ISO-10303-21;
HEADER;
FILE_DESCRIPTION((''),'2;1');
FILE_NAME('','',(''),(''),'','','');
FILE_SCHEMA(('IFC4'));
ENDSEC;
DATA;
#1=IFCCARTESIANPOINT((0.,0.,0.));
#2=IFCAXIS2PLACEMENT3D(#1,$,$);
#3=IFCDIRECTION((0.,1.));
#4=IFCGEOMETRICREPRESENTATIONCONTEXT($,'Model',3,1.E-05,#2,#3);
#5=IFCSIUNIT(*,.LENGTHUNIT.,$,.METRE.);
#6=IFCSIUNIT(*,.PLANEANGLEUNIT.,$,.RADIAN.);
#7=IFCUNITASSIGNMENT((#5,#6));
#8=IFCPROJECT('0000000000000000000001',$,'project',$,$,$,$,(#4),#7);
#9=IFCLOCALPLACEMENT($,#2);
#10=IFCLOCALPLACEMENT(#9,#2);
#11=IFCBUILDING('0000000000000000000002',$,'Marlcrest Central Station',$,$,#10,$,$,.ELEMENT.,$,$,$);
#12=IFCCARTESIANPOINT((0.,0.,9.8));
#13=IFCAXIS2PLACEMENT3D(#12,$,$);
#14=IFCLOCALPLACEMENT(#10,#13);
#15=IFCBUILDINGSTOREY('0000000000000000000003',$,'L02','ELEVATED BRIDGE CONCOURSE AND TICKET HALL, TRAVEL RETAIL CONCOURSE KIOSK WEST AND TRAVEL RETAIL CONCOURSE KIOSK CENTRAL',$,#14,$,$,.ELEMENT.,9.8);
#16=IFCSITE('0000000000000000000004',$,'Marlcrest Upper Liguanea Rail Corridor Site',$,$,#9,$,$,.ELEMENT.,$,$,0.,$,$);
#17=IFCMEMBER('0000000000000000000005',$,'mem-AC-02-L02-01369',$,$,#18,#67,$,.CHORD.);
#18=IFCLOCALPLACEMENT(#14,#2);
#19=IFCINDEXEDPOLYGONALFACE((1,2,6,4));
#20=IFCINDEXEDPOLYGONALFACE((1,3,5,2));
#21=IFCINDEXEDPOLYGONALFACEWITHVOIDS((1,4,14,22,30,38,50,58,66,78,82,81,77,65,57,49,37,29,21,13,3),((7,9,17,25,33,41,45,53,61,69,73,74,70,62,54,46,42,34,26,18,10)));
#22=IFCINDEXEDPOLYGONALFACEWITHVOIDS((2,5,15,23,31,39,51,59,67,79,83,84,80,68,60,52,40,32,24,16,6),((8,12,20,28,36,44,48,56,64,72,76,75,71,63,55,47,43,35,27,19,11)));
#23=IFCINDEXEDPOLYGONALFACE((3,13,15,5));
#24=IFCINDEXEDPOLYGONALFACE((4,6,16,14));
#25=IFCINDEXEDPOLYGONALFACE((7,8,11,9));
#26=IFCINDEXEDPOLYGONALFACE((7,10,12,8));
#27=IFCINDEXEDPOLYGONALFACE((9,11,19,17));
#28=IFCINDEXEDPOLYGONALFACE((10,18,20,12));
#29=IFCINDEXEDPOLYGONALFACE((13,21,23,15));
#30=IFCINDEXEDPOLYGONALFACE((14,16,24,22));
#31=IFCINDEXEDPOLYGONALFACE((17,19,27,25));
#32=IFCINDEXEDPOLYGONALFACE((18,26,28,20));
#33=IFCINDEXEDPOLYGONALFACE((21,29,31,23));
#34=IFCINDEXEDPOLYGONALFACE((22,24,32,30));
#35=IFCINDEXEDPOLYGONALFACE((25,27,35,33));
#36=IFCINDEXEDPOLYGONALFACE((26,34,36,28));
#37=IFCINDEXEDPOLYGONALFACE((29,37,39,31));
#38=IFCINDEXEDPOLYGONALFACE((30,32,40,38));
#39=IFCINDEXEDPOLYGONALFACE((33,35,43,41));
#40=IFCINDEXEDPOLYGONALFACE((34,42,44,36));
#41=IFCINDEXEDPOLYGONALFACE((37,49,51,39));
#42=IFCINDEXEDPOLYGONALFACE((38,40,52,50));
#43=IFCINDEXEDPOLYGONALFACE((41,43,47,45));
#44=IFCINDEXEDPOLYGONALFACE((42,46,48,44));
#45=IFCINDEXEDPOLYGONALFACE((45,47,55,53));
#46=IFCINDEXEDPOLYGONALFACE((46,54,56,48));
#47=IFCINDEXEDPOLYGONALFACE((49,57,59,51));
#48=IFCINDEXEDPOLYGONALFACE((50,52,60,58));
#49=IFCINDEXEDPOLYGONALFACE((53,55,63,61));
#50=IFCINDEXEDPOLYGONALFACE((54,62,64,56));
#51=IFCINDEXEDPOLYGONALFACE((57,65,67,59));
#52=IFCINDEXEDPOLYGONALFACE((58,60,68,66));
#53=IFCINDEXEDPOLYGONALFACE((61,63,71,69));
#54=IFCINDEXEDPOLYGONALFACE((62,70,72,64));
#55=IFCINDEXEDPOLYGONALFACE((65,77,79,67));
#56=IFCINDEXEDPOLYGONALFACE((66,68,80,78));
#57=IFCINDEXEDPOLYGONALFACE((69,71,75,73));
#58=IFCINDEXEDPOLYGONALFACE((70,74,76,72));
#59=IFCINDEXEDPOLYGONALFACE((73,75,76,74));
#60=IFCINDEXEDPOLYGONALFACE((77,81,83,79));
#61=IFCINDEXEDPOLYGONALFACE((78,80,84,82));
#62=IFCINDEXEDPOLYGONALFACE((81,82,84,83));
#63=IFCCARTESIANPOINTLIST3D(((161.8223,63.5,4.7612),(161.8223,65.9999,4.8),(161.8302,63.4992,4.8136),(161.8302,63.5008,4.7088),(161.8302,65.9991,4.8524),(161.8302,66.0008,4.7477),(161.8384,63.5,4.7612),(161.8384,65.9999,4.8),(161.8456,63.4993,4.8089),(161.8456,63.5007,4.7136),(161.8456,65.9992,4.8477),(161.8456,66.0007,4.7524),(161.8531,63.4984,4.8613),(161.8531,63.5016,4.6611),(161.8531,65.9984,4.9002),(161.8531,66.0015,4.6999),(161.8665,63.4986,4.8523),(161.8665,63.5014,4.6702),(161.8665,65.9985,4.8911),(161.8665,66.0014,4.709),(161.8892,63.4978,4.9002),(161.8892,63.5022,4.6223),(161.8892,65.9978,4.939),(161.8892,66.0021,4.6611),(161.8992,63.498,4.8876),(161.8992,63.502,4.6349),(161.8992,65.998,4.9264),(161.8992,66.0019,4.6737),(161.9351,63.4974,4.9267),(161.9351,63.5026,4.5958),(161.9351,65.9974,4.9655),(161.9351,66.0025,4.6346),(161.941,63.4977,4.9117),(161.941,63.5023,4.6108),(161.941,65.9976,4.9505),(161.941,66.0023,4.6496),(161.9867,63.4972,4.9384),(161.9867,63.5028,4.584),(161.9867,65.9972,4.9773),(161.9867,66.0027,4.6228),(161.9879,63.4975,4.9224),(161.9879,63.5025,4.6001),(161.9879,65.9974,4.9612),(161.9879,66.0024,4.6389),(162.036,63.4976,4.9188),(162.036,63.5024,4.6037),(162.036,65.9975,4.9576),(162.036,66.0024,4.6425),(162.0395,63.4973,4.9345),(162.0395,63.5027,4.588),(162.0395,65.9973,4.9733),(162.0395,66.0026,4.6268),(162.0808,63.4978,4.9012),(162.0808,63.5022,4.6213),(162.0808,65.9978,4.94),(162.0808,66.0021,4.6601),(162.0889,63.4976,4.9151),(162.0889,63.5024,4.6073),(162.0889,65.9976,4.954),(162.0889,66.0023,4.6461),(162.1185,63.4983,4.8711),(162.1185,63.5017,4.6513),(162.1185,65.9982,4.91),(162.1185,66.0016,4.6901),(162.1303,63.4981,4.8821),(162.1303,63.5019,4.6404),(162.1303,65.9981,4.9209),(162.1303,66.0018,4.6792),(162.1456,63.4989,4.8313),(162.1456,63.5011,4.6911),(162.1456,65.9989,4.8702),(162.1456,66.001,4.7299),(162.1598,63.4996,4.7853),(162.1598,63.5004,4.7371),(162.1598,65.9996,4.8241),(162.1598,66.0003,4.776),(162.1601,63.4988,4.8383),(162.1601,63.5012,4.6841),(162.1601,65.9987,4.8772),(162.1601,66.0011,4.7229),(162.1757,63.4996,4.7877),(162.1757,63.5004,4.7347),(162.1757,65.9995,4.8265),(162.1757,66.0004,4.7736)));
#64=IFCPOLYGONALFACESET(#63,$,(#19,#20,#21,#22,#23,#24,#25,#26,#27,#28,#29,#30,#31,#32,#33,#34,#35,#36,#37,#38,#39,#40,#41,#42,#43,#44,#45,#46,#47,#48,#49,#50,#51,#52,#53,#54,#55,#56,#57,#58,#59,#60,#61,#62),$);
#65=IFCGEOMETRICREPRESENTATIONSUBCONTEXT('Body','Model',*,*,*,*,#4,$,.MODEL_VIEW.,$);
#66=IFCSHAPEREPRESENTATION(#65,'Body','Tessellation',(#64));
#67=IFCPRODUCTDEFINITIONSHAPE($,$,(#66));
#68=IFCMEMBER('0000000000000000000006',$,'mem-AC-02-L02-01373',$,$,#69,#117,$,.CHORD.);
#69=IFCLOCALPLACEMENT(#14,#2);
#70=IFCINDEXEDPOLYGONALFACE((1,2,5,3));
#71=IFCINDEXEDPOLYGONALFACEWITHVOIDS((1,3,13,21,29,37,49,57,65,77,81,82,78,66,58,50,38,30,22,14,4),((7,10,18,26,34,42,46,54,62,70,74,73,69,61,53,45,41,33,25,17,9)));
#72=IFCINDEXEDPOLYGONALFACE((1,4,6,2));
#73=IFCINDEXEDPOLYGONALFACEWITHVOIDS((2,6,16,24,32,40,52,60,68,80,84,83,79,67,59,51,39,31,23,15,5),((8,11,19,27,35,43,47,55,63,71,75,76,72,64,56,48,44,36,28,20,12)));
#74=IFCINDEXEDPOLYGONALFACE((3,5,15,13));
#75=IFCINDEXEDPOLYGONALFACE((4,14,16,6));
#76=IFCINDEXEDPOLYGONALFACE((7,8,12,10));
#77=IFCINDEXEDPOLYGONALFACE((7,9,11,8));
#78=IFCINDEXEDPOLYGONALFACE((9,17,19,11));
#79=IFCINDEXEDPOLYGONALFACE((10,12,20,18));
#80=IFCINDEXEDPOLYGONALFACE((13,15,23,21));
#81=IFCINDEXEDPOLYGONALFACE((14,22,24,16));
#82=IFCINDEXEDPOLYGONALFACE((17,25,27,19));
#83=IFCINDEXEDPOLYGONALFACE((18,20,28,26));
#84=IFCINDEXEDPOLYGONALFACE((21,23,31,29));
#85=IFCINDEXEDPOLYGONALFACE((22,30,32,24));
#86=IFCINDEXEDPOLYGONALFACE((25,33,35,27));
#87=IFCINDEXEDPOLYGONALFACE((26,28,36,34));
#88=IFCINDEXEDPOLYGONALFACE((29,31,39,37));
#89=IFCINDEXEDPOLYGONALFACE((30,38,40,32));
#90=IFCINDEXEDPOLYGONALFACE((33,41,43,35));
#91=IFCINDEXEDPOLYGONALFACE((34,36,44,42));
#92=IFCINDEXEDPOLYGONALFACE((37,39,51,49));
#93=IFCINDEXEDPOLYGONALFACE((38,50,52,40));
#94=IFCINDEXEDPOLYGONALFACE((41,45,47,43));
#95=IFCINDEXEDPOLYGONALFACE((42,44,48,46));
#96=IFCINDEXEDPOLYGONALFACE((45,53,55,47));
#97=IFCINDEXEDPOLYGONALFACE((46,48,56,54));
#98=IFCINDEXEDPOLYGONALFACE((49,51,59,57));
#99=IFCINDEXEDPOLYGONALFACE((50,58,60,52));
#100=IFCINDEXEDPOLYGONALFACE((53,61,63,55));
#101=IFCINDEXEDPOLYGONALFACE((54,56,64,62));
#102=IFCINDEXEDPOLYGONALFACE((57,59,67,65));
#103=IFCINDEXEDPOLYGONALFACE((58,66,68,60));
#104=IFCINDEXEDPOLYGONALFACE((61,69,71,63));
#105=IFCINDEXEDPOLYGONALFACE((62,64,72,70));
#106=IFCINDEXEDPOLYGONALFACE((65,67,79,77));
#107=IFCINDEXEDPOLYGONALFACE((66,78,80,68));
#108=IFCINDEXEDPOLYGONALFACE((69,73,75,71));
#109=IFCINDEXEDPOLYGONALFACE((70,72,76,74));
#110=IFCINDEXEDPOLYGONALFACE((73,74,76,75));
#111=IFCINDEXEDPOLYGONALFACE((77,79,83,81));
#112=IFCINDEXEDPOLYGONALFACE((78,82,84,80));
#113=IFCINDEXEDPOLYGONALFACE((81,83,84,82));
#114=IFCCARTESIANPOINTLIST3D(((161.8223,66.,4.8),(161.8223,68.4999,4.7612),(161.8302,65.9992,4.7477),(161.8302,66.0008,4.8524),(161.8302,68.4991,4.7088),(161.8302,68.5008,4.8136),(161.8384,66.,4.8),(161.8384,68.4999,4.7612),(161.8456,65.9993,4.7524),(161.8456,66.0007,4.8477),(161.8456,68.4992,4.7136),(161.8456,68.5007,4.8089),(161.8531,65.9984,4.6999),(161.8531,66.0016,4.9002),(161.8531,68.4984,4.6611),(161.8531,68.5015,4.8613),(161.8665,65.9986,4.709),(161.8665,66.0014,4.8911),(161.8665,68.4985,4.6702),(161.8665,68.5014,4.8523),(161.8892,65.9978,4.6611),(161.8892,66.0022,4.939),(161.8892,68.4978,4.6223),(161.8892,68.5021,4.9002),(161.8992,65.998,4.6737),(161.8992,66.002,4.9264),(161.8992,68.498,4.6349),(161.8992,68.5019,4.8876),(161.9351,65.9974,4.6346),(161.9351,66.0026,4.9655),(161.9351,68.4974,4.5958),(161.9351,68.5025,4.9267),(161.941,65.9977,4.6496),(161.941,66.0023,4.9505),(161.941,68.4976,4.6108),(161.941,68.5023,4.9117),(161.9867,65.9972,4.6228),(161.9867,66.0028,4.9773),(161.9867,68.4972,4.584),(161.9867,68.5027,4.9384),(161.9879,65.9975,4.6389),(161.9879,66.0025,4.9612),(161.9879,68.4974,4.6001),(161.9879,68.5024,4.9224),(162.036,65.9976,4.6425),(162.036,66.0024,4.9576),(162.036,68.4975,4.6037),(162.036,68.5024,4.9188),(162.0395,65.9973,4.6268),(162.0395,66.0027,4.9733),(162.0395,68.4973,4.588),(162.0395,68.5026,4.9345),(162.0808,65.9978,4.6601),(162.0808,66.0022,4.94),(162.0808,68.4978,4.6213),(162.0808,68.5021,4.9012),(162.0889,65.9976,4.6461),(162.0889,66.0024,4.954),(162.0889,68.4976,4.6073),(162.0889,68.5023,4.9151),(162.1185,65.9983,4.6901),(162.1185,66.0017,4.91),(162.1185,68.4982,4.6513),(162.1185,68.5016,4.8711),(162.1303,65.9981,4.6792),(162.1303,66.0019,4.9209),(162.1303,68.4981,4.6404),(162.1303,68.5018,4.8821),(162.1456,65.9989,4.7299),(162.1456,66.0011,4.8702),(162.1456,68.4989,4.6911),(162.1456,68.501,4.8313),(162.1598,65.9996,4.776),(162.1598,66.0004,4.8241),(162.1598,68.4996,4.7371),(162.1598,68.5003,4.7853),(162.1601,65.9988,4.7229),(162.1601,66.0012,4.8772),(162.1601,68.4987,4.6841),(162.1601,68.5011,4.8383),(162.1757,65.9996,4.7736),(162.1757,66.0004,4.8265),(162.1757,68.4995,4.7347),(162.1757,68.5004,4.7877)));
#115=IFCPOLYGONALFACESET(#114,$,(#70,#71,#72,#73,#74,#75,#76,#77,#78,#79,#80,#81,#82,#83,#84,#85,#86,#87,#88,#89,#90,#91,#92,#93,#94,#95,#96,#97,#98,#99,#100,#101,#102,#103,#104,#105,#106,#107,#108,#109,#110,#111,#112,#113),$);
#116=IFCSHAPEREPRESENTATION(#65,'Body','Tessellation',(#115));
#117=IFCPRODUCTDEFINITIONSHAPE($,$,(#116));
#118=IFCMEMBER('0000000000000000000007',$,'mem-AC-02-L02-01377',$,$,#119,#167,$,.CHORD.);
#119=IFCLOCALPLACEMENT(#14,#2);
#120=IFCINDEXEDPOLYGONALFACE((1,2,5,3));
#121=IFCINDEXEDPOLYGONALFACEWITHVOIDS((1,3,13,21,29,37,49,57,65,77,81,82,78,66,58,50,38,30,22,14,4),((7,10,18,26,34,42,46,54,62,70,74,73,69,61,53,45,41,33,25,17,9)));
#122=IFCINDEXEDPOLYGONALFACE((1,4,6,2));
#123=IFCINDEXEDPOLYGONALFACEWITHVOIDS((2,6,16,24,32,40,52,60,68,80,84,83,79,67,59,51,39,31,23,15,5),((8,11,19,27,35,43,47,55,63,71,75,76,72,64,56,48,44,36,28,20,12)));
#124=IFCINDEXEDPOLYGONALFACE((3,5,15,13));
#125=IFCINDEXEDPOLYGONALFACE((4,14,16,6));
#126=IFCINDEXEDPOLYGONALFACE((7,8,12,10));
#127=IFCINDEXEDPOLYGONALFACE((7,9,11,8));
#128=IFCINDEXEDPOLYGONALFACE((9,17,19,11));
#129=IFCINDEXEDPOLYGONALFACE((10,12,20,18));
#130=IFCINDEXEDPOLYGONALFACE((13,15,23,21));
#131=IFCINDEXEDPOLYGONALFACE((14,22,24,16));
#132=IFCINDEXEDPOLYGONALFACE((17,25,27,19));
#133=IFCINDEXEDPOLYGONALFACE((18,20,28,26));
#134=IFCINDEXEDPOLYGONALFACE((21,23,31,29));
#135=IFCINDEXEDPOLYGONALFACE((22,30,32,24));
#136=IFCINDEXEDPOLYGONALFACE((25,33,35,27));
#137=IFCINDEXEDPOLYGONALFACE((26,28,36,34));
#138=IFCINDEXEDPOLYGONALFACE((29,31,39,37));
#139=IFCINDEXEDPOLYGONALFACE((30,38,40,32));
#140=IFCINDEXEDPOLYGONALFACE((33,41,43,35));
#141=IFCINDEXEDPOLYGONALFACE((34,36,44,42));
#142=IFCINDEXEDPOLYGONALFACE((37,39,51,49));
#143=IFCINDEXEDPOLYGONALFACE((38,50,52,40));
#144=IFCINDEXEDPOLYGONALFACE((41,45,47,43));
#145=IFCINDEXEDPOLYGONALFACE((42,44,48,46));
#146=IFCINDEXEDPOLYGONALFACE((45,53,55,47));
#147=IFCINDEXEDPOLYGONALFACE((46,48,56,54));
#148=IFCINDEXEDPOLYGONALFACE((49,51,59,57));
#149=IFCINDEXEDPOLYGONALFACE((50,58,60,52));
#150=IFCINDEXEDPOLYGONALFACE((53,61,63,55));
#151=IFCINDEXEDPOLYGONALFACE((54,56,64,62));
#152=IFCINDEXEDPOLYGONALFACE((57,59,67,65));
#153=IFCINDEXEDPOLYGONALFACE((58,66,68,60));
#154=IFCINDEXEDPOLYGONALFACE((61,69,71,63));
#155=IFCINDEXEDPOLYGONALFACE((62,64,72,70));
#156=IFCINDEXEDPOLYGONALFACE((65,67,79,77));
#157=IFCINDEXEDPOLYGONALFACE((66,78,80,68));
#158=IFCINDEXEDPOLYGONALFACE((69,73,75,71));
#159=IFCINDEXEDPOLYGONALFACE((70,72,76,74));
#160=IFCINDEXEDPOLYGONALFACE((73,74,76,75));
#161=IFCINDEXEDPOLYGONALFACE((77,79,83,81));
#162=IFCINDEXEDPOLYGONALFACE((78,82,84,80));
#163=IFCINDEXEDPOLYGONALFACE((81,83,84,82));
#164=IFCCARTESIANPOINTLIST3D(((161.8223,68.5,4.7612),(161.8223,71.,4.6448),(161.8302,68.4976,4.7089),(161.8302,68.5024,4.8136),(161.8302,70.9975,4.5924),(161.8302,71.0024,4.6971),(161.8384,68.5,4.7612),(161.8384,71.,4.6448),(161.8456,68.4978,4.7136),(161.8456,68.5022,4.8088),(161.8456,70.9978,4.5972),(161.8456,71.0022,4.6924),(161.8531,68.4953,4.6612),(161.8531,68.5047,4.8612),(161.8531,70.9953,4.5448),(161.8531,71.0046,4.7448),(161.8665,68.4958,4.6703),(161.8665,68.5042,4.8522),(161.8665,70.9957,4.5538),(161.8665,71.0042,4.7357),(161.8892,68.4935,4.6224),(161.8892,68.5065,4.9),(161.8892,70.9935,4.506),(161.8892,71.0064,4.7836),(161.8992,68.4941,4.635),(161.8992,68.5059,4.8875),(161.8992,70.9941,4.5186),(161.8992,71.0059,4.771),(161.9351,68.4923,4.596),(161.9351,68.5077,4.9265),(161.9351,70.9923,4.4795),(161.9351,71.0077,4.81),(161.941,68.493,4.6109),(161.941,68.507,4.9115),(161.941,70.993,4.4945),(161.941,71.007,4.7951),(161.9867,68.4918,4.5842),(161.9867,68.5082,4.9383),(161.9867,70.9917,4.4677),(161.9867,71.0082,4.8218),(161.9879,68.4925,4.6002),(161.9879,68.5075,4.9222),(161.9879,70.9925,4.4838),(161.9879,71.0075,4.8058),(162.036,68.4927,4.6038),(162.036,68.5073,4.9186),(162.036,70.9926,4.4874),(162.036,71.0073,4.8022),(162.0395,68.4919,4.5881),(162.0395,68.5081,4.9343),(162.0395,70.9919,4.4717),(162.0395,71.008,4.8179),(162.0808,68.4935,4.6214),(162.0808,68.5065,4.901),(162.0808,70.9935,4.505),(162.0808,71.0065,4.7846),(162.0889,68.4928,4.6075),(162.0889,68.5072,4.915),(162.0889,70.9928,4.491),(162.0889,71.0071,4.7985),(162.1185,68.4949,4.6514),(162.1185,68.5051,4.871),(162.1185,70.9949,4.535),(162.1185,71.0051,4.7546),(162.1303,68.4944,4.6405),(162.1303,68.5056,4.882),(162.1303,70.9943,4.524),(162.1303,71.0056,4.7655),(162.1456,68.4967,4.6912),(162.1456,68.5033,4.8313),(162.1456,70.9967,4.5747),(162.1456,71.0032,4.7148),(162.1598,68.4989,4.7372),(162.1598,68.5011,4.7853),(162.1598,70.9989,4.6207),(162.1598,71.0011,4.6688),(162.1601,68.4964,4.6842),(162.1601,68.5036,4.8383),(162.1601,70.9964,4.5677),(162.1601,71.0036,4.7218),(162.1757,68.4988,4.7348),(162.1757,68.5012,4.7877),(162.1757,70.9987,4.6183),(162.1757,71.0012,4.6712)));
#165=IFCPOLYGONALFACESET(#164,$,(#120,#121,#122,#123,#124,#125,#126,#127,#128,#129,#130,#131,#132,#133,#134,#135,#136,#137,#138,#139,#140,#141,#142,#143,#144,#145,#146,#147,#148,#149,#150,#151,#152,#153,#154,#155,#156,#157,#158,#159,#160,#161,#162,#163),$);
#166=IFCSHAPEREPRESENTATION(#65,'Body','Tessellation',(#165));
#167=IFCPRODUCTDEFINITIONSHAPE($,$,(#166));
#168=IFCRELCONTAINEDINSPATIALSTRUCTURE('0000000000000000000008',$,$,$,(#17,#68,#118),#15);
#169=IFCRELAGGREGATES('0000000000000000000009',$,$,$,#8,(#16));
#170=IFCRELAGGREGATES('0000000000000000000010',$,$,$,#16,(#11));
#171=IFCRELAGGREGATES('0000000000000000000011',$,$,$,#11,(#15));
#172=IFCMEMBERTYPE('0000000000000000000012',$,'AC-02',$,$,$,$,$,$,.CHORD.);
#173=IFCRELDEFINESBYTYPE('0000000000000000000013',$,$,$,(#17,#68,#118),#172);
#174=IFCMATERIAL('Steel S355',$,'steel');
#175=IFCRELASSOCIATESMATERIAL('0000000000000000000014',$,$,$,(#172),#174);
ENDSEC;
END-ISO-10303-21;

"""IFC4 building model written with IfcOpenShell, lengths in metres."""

from ifc_helpers import new_model, si_unit, direction, frame, origin, origin_2d, place, context, subcontext, project, spatial, hollow_circle, extrude, material, material_profile, profile_set, type_object, element, save


model = new_model("IFC4")

# Units and contexts
model_context = context("Model", 3, precision=1e-05, world=origin(), true_north=direction((0.0, 1.0)))
body_context = subcontext(model_context, "Body", "Model", "MODEL_VIEW")
ifc_project = project(units=[si_unit("LENGTHUNIT", "METRE"), si_unit("PLANEANGLEUNIT", "RADIAN")], contexts=[model_context])

# Site, building, storey
site_placement = place(None, origin())
site = spatial("IfcSite", under=ifc_project, at=site_placement, Name="Marlcrest Upper Liguanea Rail Corridor Site", CompositionType="ELEMENT", RefElevation=0.0)
building_placement = place(site_placement, origin())
building = spatial("IfcBuilding", under=site, at=building_placement, Name="Marlcrest Central Station", CompositionType="ELEMENT")
storey_placement = place(building_placement, frame((0.0, 0.0, 9.8)))
storey = spatial("IfcBuildingStorey", under=building, at=storey_placement, Name="L02", Description="ELEVATED BRIDGE CONCOURSE AND TICKET HALL, TRAVEL RETAIL CONCOURSE KIOSK WEST AND TRAVEL RETAIL CONCOURSE KIOSK CENTRAL", CompositionType="ELEMENT", Elevation=9.8)

# Members
ifc_material = material(Name="Steel S355", Category="steel")
ifc_material_profile_1 = material_profile(ifc_material, hollow_circle(Radius=0.1777, WallThickness=0.0161, at=origin_2d()), Name="CHS 355.6x16")
ifc_profile_set_1 = profile_set([ifc_material_profile_1], Name="Steel S355")
member_type_1 = type_object("IfcMemberType", Name="AC-02", PredefinedType="CHORD", material=ifc_profile_set_1)
for number, where, z_axis, x_axis, name in (
    (1, (162.0, 63.5, 4.7612), (0.0, 0.999879, 0.015525), (-1.0, 0.0, 0.0), "mem-AC-02-L02-01369"),
    (2, (162.0, 66.0, 4.8), (0.0, 0.999879, -0.015525), (-1.0, 0.0, 0.0), "mem-AC-02-L02-01373"),
):
    element("IfcMember", number, at=place(storey_placement, frame(where, z_axis=z_axis, x_axis=x_axis)), inside=storey, type_object=member_type_1, Name=name, PredefinedType="CHORD", context=body_context, shape_type="SweptSolid", body=[
        extrude(hollow_circle(Radius=0.1777, WallThickness=0.0161, at=origin_2d()), origin(), (0.0, 0.0, 1.0), 2.5002),
    ])
member_1_placement = place(storey_placement, frame((162.0, 68.5, 4.7612), z_axis=(0.0, 0.998917, -0.046532), x_axis=(-1.0, 0.0, 0.0)))
element("IfcMember", 3, at=member_1_placement, inside=storey, type_object=member_type_1, Name="mem-AC-02-L02-01377", PredefinedType="CHORD", context=body_context, shape_type="SweptSolid", body=[
    extrude(hollow_circle(Radius=0.1777, WallThickness=0.0161, at=origin_2d()), origin(), (0.0, 0.0, 1.0), 2.5027),
])

save(model, "model.ifc")
